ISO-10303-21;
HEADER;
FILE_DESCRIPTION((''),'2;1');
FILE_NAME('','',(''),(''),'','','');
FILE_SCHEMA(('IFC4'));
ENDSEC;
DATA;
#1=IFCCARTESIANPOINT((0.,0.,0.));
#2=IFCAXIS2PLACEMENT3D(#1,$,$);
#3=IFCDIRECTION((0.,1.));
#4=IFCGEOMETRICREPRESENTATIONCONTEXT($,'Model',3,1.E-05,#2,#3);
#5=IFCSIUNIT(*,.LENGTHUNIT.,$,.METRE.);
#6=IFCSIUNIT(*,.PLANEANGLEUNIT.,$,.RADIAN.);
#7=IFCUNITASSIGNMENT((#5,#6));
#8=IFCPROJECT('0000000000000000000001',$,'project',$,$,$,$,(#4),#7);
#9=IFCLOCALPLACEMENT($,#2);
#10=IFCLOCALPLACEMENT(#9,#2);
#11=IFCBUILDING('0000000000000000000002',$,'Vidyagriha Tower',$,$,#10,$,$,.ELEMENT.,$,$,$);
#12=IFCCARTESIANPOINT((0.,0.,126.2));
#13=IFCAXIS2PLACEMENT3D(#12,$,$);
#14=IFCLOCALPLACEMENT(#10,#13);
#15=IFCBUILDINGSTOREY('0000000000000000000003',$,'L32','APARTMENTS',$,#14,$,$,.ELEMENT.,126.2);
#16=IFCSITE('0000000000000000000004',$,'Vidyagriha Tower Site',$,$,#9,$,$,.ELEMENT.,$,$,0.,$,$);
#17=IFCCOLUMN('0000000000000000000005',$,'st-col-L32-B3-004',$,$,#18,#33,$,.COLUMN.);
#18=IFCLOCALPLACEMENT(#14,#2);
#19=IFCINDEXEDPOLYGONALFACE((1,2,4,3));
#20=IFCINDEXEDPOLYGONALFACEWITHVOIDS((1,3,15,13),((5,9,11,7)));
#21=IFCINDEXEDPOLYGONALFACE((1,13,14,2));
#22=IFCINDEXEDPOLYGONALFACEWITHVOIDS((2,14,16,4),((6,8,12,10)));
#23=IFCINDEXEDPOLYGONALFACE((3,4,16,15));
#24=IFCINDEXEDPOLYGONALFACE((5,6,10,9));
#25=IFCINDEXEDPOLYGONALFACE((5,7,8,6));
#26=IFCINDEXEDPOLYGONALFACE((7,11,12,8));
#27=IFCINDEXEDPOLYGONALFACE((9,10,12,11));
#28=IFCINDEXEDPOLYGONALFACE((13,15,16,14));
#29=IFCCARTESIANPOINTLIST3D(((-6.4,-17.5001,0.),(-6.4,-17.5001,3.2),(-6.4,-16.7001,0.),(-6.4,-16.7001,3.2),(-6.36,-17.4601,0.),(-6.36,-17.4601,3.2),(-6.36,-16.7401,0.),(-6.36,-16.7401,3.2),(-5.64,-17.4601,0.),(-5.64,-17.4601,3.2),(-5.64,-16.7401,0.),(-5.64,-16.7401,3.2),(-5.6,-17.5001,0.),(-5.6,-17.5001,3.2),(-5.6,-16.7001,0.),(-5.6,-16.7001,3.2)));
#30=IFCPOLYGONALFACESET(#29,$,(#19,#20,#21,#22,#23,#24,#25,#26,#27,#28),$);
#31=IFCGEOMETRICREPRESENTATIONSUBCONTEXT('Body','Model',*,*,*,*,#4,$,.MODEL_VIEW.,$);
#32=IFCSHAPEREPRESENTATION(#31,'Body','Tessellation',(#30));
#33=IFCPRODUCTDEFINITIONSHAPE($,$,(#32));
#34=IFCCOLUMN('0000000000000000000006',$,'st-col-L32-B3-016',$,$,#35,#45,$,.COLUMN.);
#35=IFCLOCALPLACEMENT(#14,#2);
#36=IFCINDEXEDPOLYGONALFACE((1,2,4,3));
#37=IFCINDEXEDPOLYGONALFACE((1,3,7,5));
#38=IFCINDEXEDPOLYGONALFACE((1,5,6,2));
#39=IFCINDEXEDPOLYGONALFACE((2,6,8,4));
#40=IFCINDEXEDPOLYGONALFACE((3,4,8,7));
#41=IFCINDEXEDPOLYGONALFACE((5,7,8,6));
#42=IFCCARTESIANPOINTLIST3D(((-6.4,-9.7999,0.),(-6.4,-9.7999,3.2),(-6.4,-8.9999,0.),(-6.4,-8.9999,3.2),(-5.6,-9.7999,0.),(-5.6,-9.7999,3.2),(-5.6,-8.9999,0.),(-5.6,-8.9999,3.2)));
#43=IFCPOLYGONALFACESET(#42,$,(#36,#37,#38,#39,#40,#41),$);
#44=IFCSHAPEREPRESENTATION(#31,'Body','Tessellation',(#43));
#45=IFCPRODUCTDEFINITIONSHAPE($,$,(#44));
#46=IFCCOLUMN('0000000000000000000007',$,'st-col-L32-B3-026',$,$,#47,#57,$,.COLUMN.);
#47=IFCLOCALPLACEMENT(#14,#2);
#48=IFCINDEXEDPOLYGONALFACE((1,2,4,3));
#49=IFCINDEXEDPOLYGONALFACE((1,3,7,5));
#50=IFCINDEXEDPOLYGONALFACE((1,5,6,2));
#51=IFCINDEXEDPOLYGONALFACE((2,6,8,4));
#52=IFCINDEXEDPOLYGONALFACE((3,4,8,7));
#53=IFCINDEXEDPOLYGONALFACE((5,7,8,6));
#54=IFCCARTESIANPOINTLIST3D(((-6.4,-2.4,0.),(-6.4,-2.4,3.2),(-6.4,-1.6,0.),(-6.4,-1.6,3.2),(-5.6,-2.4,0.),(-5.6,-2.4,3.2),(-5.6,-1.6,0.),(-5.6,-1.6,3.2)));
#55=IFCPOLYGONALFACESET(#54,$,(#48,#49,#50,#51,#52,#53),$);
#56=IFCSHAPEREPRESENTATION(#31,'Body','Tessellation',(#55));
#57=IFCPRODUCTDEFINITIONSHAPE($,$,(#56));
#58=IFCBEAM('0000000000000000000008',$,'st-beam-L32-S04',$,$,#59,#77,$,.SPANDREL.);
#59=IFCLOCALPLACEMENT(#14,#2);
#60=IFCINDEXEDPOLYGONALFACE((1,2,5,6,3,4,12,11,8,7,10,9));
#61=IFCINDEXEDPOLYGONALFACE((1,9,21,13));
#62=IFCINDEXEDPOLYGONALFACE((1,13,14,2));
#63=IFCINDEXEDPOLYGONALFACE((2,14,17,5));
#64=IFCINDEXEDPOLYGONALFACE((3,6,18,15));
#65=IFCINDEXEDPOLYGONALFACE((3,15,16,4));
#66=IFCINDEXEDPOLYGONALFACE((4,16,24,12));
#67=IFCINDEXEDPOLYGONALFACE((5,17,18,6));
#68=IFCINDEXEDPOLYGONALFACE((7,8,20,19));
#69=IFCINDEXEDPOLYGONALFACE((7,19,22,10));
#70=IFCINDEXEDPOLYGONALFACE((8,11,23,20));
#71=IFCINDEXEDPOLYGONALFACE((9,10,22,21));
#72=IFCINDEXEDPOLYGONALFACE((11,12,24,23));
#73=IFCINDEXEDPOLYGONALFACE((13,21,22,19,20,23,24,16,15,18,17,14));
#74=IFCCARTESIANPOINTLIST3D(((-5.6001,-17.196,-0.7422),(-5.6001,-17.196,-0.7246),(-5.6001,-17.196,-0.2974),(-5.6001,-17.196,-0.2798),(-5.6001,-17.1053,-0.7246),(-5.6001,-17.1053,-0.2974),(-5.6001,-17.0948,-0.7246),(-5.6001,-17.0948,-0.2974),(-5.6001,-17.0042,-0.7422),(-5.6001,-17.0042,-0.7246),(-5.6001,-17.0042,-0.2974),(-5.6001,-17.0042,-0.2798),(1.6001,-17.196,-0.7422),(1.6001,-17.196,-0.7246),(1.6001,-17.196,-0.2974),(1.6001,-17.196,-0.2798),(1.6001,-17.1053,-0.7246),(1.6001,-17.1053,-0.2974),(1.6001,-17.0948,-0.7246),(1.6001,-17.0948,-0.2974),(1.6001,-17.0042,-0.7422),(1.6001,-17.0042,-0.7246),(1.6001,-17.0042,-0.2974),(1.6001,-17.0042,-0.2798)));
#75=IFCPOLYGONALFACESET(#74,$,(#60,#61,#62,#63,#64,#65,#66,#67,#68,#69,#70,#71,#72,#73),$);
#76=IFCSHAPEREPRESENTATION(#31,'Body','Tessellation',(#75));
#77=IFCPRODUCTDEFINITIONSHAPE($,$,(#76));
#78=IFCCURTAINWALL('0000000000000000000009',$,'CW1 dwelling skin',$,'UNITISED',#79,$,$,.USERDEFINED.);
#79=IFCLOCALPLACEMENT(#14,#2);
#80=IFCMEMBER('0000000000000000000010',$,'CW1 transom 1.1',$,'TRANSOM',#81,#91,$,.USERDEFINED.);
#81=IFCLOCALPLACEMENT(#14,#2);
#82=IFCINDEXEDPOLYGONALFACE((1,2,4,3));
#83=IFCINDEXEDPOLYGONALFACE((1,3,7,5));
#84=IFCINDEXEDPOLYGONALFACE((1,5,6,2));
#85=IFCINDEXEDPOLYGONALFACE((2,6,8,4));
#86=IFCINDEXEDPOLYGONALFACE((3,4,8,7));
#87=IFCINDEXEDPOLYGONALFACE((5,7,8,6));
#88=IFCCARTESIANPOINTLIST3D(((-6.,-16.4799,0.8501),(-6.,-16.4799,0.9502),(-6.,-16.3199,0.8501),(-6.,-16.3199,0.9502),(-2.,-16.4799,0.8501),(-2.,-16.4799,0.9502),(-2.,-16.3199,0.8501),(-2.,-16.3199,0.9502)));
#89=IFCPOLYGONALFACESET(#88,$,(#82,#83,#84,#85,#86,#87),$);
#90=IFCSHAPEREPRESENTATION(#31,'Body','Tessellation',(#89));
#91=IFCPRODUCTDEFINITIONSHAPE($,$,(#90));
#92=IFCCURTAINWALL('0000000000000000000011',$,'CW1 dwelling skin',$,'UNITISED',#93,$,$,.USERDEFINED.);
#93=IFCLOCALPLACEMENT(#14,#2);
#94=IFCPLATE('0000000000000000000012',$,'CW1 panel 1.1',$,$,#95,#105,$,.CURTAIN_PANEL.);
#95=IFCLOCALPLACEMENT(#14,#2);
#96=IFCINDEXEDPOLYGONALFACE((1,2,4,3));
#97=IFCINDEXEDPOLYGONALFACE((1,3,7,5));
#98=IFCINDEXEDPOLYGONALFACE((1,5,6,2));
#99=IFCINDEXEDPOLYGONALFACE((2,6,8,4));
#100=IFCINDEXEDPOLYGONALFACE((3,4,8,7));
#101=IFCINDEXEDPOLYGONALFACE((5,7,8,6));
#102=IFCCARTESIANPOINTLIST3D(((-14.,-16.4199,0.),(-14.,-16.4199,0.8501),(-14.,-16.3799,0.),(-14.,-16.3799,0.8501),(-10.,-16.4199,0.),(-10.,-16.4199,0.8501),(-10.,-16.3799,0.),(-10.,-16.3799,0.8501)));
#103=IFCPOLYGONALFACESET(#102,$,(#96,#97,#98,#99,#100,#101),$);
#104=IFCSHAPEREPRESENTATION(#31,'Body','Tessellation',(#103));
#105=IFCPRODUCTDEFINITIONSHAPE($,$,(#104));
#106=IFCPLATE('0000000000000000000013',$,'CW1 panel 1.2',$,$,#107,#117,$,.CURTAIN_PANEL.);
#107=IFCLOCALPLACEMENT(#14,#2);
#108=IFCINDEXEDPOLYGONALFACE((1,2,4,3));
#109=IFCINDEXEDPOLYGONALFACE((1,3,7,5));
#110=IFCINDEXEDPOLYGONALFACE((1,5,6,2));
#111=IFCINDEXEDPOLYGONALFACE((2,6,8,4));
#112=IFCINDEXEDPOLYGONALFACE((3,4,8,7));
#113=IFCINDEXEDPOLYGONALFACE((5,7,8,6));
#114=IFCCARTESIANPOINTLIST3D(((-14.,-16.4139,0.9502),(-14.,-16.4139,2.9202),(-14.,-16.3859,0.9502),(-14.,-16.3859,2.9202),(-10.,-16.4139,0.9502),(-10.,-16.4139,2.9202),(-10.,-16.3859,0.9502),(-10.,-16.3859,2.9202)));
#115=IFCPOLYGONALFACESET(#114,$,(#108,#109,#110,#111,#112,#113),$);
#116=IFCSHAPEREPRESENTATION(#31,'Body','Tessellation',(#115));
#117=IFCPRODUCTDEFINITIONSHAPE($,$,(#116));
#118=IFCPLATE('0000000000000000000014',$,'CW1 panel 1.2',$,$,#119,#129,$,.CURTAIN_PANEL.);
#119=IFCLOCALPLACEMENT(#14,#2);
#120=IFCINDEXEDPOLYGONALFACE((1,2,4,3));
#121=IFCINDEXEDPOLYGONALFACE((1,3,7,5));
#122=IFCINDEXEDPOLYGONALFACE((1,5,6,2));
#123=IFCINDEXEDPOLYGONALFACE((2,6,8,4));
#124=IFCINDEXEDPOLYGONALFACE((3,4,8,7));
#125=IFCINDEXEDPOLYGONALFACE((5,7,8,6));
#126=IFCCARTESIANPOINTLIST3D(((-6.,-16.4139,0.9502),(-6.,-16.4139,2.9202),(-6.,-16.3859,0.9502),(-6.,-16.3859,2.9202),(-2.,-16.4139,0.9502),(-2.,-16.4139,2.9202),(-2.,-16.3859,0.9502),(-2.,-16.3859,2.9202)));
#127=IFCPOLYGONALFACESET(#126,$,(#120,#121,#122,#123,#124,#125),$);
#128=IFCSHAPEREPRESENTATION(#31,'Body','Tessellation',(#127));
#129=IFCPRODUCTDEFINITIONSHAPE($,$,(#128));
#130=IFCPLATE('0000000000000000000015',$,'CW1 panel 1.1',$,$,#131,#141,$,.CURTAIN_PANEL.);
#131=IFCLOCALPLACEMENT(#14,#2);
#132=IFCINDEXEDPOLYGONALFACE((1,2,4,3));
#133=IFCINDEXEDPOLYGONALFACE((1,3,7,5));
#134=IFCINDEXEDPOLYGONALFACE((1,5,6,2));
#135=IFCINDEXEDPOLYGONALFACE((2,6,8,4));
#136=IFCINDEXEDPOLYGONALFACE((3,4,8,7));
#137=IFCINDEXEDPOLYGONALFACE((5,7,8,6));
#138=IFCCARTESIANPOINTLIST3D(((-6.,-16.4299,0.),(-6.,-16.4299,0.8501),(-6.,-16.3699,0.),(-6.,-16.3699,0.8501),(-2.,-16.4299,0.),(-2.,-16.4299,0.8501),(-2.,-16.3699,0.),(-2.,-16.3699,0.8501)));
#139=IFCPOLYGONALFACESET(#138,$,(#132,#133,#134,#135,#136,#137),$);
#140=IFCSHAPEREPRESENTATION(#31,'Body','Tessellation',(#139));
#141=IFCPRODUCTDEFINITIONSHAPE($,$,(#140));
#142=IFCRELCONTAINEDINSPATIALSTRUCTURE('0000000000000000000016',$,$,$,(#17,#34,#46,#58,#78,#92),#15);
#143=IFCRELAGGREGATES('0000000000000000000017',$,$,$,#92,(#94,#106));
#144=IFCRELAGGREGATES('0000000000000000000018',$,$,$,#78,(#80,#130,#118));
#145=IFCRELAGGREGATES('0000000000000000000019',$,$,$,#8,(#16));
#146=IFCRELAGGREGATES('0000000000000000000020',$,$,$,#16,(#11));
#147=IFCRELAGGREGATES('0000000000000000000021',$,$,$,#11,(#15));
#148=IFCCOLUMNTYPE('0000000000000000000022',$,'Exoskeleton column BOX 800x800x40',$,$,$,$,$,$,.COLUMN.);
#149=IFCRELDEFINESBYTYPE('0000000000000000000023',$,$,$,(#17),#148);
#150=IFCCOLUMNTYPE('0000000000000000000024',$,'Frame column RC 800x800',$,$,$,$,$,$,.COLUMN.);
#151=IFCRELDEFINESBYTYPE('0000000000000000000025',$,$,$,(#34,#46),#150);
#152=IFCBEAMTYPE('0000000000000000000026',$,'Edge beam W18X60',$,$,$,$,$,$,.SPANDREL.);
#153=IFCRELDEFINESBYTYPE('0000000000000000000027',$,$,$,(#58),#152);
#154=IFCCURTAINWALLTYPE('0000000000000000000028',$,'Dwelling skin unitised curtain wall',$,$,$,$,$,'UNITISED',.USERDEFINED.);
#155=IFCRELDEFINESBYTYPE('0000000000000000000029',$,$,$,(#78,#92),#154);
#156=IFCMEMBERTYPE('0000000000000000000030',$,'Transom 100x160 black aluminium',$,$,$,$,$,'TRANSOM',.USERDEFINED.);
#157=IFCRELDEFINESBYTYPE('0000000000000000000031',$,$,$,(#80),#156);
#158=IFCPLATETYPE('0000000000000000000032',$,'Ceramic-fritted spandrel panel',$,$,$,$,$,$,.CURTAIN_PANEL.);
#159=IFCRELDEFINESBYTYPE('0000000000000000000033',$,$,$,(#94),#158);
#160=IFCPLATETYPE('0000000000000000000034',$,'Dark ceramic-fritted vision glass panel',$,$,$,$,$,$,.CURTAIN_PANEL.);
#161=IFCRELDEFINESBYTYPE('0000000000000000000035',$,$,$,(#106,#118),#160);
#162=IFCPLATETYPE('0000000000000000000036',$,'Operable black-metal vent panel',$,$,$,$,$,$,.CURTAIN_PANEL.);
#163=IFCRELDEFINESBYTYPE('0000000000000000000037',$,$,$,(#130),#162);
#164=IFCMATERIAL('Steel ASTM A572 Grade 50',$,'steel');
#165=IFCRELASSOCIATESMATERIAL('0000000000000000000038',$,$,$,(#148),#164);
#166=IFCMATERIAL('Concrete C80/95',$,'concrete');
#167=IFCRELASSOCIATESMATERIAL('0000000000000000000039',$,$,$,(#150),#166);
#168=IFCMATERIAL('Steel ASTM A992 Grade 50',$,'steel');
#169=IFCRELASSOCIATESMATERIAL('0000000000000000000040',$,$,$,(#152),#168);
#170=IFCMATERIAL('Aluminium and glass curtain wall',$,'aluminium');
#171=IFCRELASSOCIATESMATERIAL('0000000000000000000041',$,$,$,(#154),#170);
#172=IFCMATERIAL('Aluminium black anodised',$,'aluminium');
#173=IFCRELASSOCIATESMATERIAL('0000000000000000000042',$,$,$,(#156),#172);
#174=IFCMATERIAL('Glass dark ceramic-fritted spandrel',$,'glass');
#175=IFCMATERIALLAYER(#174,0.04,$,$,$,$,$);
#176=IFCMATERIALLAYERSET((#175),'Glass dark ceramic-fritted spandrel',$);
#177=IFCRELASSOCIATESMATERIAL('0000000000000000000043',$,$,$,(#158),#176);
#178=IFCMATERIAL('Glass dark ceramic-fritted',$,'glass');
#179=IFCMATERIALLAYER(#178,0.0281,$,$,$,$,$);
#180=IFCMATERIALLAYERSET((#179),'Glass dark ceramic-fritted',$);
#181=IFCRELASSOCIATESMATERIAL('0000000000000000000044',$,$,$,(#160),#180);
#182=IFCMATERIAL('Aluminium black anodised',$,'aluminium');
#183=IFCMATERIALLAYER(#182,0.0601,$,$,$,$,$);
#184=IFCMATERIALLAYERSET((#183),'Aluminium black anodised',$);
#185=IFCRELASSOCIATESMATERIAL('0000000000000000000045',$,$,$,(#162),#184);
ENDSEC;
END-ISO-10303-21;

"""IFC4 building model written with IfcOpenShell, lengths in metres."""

from ifc_helpers import new_model, si_unit, direction, frame, origin, origin_2d, place, context, subcontext, project, spatial, rectangle, hollow_rectangle, i_section, extrude, material, layer, layer_set, material_profile, profile_set, type_object, element, aggregate, save


model = new_model("IFC4")

# Units and contexts
model_context = context("Model", 3, precision=1e-05, world=origin(), true_north=direction((0.0, 1.0)))
body_context = subcontext(model_context, "Body", "Model", "MODEL_VIEW")
ifc_project = project(units=[si_unit("LENGTHUNIT", "METRE"), si_unit("PLANEANGLEUNIT", "RADIAN")], contexts=[model_context])

# Site, building, storey
site_placement = place(None, origin())
site = spatial("IfcSite", under=ifc_project, at=site_placement, Name="Vidyagriha Tower Site", CompositionType="ELEMENT", RefElevation=0.0)
building_placement = place(site_placement, origin())
building = spatial("IfcBuilding", under=site, at=building_placement, Name="Vidyagriha Tower", CompositionType="ELEMENT")
storey_placement = place(building_placement, frame((0.0, 0.0, 126.2)))
storey = spatial("IfcBuildingStorey", under=building, at=storey_placement, Name="L32", Description="APARTMENTS", CompositionType="ELEMENT", Elevation=126.2)

# Columns
ifc_material_1 = material(Name="Steel ASTM A572 Grade 50", Category="steel")
ifc_material_profile_1 = material_profile(ifc_material_1, hollow_rectangle(XDim=0.8, YDim=0.8, WallThickness=0.04, at=origin_2d()), Name="BOX 800x800x40")
ifc_profile_set_1 = profile_set([ifc_material_profile_1], Name="Steel ASTM A572 Grade 50")
column_type_1 = type_object("IfcColumnType", Name="Exoskeleton column BOX 800x800x40", PredefinedType="COLUMN", material=ifc_profile_set_1)
column_placement = place(storey_placement, frame((-6.0, -17.1001, 0.0)))
element("IfcColumn", 1, at=column_placement, inside=storey, type_object=column_type_1, Name="st-col-L32-B3-004", PredefinedType="COLUMN", context=body_context, shape_type="SweptSolid", body=[
    extrude(hollow_rectangle(XDim=0.8, YDim=0.8, WallThickness=0.04, at=origin_2d()), origin(), (0.0, 0.0, 1.0), 3.2),
])
ifc_material_2 = material(Name="Concrete C80/95", Category="concrete")
ifc_material_profile_2 = material_profile(ifc_material_2, rectangle(XDim=0.8, YDim=0.8, at=origin_2d()), Name="RC 800x800")
ifc_profile_set_2 = profile_set([ifc_material_profile_2], Name="Concrete C80/95")
column_type_2 = type_object("IfcColumnType", Name="Frame column RC 800x800", PredefinedType="COLUMN", material=ifc_profile_set_2)
for number, where, name in (
    (2, (-6.0, -9.3999, 0.0), "st-col-L32-B3-016"),
    (3, (-6.0, -2.0, 0.0), "st-col-L32-B3-026"),
):
    element("IfcColumn", number, at=place(storey_placement, frame(where)), inside=storey, type_object=column_type_2, Name=name, PredefinedType="COLUMN", context=body_context, shape_type="SweptSolid", body=[
        extrude(rectangle(XDim=0.8, YDim=0.8, at=origin_2d()), origin(), (0.0, 0.0, 1.0), 3.2),
    ])

# Beam
ifc_material_3 = material(Name="Steel ASTM A992 Grade 50", Category="steel")
ifc_material_profile_3 = material_profile(ifc_material_3, i_section(OverallWidth=0.1919, OverallDepth=0.4624, WebThickness=0.0105, FlangeThickness=0.0176, at=origin_2d()), Name="W18X60")
ifc_profile_set_3 = profile_set([ifc_material_profile_3], Name="Steel ASTM A992 Grade 50")
beam_type = type_object("IfcBeamType", Name="Edge beam W18X60", PredefinedType="SPANDREL", material=ifc_profile_set_3)
beam_placement = place(storey_placement, frame((-5.6001, -17.1001, -0.511), z_axis=(1.0, 0.0, 0.0), x_axis=(0.0, 1.0, 0.0)))
element("IfcBeam", 4, at=beam_placement, inside=storey, type_object=beam_type, Name="st-beam-L32-S04", PredefinedType="SPANDREL", context=body_context, shape_type="SweptSolid", body=[
    extrude(i_section(OverallWidth=0.1919, OverallDepth=0.4624, WebThickness=0.0105, FlangeThickness=0.0176, at=origin_2d()), origin(), (0.0, 0.0, 1.0), 7.2002),
])

# Curtain wall, member
ifc_material_4 = material(Name="Aluminium and glass curtain wall", Category="aluminium")
curtain_wall_type = type_object("IfcCurtainWallType", Name="Dwelling skin unitised curtain wall", ElementType="UNITISED", PredefinedType="USERDEFINED", material=ifc_material_4)
curtain_wall_1_placement = place(storey_placement, origin())
curtain_wall_1 = element("IfcCurtainWall", 5, at=curtain_wall_1_placement, inside=storey, type_object=curtain_wall_type, Name="CW1 dwelling skin", ObjectType="UNITISED", PredefinedType="USERDEFINED")
ifc_material_5 = material(Name="Aluminium black anodised", Category="aluminium")
ifc_material_profile_4 = material_profile(ifc_material_5, rectangle(XDim=0.1599, YDim=0.1001, at=origin_2d()), Name="Transom 100x160 black aluminium")
ifc_profile_set_4 = profile_set([ifc_material_profile_4], Name="Aluminium black anodised")
member_type = type_object("IfcMemberType", Name="Transom 100x160 black aluminium", ElementType="TRANSOM", PredefinedType="USERDEFINED", material=ifc_profile_set_4)
member_placement = place(storey_placement, frame((-6.0, -16.3999, 0.9001), z_axis=(1.0, 0.0, 0.0), x_axis=(0.0, 1.0, 0.0)))
member = element("IfcMember", 6, at=member_placement, type_object=member_type, Name="CW1 transom 1.1", ObjectType="TRANSOM", PredefinedType="USERDEFINED", context=body_context, shape_type="SweptSolid", body=[
    extrude(rectangle(XDim=0.1599, YDim=0.1001, at=origin_2d()), origin(), (0.0, 0.0, 1.0), 4.0),
])

# Curtain wall, plates
curtain_wall_2_placement = place(storey_placement, origin())
curtain_wall_2 = element("IfcCurtainWall", 7, at=curtain_wall_2_placement, inside=storey, type_object=curtain_wall_type, Name="CW1 dwelling skin", ObjectType="UNITISED", PredefinedType="USERDEFINED")
ifc_material_6 = material(Name="Glass dark ceramic-fritted spandrel", Category="glass")
ifc_layer_1 = layer(ifc_material_6, 0.04)
ifc_layer_set_1 = layer_set([ifc_layer_1], Name="Glass dark ceramic-fritted spandrel")
plate_type_1 = type_object("IfcPlateType", Name="Ceramic-fritted spandrel panel", PredefinedType="CURTAIN_PANEL", material=ifc_layer_set_1)
plate_1_placement = place(storey_placement, frame((-12.0, -16.3999, 0.0)))
plate_1 = element("IfcPlate", 8, at=plate_1_placement, type_object=plate_type_1, Name="CW1 panel 1.1", PredefinedType="CURTAIN_PANEL", context=body_context, shape_type="SweptSolid", body=[
    extrude(rectangle(XDim=4.0, YDim=0.04, at=origin_2d()), origin(), (0.0, 0.0, 1.0), 0.8501),
])
ifc_material_7 = material(Name="Glass dark ceramic-fritted", Category="glass")
ifc_layer_2 = layer(ifc_material_7, 0.0281)
ifc_layer_set_2 = layer_set([ifc_layer_2], Name="Glass dark ceramic-fritted")
plate_type_2 = type_object("IfcPlateType", Name="Dark ceramic-fritted vision glass panel", PredefinedType="CURTAIN_PANEL", material=ifc_layer_set_2)
plate_2_placement = place(storey_placement, frame((-12.0, -16.3999, 0.9502)))
plate_2 = element("IfcPlate", 9, at=plate_2_placement, type_object=plate_type_2, Name="CW1 panel 1.2", PredefinedType="CURTAIN_PANEL", context=body_context, shape_type="SweptSolid", body=[
    extrude(rectangle(XDim=4.0, YDim=0.0281, at=origin_2d()), origin(), (0.0, 0.0, 1.0), 1.97),
])
aggregate(curtain_wall_2, [plate_1, plate_2])

# Plates
plate_3_placement = place(storey_placement, frame((-4.0, -16.3999, 0.9502)))
plate_3 = element("IfcPlate", 10, at=plate_3_placement, type_object=plate_type_2, Name="CW1 panel 1.2", PredefinedType="CURTAIN_PANEL", context=body_context, shape_type="SweptSolid", body=[
    extrude(rectangle(XDim=4.0, YDim=0.0281, at=origin_2d()), origin(), (0.0, 0.0, 1.0), 1.97),
])
ifc_material_8 = material(Name="Aluminium black anodised", Category="aluminium")
ifc_layer_3 = layer(ifc_material_8, 0.0601)
ifc_layer_set_3 = layer_set([ifc_layer_3], Name="Aluminium black anodised")
plate_type_3 = type_object("IfcPlateType", Name="Operable black-metal vent panel", PredefinedType="CURTAIN_PANEL", material=ifc_layer_set_3)
plate_4_placement = place(storey_placement, frame((-4.0, -16.3999, 0.0)))
plate_4 = element("IfcPlate", 11, at=plate_4_placement, type_object=plate_type_3, Name="CW1 panel 1.1", PredefinedType="CURTAIN_PANEL", context=body_context, shape_type="SweptSolid", body=[
    extrude(rectangle(XDim=4.0, YDim=0.0601, at=origin_2d()), origin(), (0.0, 0.0, 1.0), 0.8501),
])
aggregate(curtain_wall_1, [member, plate_4, plate_3])

save(model, "model.ifc")
